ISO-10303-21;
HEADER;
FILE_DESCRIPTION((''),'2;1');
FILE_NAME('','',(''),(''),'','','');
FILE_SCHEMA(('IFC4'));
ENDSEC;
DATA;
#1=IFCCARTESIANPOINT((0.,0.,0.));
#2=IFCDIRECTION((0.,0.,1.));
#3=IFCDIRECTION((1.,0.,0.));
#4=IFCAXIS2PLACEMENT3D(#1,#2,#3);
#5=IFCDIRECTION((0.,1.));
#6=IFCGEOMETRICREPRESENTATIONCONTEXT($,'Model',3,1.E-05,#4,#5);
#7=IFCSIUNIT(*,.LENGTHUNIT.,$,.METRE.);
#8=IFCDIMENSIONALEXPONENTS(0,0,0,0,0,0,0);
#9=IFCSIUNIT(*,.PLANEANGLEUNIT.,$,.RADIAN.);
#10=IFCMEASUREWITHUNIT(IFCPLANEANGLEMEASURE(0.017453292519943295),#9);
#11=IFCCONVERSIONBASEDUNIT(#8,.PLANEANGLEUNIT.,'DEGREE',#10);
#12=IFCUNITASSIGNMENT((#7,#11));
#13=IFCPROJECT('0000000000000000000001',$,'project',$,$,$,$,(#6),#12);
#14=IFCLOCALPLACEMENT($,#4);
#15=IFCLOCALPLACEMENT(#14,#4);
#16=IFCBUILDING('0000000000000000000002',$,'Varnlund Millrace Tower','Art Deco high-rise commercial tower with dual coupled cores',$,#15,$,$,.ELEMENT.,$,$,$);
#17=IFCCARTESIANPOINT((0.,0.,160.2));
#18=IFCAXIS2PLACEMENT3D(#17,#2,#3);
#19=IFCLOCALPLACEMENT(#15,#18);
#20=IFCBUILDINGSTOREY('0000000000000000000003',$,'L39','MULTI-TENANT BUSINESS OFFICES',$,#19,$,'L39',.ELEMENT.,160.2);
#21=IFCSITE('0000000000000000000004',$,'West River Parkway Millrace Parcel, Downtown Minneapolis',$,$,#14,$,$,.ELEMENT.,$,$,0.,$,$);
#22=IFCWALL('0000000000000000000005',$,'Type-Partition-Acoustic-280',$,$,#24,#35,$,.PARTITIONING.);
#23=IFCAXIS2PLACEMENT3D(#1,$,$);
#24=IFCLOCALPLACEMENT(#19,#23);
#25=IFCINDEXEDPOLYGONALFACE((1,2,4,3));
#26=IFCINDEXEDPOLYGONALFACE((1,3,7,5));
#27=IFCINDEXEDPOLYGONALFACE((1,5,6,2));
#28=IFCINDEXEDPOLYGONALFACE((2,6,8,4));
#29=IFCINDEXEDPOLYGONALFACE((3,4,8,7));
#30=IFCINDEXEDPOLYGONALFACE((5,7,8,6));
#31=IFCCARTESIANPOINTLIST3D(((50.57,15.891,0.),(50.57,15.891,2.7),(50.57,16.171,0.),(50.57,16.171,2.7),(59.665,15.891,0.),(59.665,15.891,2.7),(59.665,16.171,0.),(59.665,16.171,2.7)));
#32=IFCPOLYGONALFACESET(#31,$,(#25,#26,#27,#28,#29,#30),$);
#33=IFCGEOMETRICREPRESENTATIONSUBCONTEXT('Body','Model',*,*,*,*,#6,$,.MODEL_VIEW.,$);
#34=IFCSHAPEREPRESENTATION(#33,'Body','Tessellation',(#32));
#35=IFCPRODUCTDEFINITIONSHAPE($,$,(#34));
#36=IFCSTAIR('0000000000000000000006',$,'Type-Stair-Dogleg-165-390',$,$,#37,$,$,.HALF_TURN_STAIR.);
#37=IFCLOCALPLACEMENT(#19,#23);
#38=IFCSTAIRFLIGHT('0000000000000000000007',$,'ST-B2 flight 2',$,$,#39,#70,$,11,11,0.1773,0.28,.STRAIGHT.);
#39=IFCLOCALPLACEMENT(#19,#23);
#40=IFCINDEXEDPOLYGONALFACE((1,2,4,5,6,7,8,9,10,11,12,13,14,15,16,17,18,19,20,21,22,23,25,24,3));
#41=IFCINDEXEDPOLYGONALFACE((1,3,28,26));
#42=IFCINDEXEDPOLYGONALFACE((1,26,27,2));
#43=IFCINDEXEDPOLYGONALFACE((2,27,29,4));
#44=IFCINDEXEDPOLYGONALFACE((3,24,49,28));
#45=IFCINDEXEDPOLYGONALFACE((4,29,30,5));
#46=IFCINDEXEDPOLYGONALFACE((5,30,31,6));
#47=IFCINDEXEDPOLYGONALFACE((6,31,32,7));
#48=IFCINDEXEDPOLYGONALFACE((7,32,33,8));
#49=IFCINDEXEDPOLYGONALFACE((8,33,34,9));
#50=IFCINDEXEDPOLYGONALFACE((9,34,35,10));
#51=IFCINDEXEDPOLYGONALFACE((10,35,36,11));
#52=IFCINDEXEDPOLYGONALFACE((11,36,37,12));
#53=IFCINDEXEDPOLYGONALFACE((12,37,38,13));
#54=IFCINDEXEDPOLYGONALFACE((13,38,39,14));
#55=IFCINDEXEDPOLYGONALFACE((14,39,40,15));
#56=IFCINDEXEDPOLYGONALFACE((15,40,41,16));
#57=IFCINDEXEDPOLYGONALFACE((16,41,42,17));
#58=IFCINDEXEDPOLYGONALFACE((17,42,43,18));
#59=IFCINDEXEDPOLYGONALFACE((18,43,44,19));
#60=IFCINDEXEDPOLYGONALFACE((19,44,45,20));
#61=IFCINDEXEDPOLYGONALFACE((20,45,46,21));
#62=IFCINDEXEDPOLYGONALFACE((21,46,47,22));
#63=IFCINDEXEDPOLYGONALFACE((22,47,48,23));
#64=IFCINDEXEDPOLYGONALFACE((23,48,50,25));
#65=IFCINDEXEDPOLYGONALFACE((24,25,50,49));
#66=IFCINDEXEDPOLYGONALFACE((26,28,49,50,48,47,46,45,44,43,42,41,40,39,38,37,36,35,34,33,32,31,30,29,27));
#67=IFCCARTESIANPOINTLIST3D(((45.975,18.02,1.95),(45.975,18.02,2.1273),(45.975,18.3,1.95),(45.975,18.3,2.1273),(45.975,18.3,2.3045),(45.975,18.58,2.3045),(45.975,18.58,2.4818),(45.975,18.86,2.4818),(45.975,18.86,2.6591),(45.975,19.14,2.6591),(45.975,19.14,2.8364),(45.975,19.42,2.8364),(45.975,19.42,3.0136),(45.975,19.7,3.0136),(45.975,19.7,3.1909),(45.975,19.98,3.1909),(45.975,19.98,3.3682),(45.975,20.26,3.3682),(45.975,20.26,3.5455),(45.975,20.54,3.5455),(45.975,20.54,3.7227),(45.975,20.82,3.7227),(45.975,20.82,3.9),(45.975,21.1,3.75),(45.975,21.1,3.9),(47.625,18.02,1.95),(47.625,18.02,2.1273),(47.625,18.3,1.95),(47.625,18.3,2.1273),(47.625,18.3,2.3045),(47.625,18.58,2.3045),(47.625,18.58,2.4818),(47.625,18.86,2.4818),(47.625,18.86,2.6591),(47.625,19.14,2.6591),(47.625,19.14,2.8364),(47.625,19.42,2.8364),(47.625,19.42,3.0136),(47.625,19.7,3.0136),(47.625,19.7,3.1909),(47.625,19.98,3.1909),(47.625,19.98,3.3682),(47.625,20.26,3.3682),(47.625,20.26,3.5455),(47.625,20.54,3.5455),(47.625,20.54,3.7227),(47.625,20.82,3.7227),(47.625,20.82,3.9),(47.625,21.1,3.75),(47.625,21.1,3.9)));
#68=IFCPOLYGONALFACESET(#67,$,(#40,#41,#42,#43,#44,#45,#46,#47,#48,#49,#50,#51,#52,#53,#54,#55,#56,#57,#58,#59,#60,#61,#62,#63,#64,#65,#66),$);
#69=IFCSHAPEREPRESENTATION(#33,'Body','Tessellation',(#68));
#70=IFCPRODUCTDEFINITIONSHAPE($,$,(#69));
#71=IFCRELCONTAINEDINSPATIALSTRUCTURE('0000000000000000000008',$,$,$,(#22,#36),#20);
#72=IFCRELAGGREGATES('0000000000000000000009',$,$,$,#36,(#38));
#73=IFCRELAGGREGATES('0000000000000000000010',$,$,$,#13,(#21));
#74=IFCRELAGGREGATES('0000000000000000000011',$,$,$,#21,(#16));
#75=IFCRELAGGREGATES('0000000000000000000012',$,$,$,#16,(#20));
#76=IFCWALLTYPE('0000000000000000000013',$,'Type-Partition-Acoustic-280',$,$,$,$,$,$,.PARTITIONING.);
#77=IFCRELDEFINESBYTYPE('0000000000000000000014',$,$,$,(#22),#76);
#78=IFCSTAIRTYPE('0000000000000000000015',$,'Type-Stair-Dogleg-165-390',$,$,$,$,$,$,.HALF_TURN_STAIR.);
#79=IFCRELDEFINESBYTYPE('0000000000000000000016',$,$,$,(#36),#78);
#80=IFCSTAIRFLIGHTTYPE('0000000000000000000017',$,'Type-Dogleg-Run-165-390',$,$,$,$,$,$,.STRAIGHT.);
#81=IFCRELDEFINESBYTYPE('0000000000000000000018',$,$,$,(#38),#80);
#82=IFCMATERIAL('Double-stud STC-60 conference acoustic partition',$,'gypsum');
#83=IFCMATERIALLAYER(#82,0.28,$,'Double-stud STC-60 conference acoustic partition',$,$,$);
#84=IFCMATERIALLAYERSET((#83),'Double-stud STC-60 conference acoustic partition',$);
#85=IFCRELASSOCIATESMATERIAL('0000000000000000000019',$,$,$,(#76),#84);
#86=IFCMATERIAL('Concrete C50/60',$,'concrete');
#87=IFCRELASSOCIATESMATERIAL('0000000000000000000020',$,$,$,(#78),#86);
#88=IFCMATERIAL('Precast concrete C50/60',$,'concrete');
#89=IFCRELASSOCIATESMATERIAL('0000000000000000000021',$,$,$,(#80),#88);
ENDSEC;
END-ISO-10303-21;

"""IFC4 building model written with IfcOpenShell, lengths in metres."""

from ifc_helpers import new_model, entity, si_unit, converted_unit, direction, frame, origin_with_axes, place, context, subcontext, project, spatial, polyline, outline, extrude, material, layer, layer_set, type_object, element, aggregate, save


model = new_model("IFC4")

# Units and contexts
model_context = context("Model", 3, precision=1e-05, world=origin_with_axes(), true_north=direction((0.0, 1.0)))
body_context = subcontext(model_context, "Body", "Model", "MODEL_VIEW")
ifc_project = project(units=[si_unit("LENGTHUNIT", "METRE"), converted_unit("PLANEANGLEUNIT", "DEGREE", entity("IfcPlaneAngleMeasure", 0.017453292519943295), si_unit("PLANEANGLEUNIT", "RADIAN"), dimensions=[0, 0, 0, 0, 0, 0, 0])], contexts=[model_context])

# Site, building, storey
site_placement = place(None, origin_with_axes())
site = spatial("IfcSite", under=ifc_project, at=site_placement, Name="West River Parkway Millrace Parcel, Downtown Minneapolis", CompositionType="ELEMENT", RefElevation=0.0)
building_placement = place(site_placement, origin_with_axes())
building = spatial("IfcBuilding", under=site, at=building_placement, Name="Varnlund Millrace Tower", Description="Art Deco high-rise commercial tower with dual coupled cores", CompositionType="ELEMENT")
storey_placement = place(building_placement, frame((0.0, 0.0, 160.2), z_axis=(0.0, 0.0, 1.0), x_axis=(1.0, 0.0, 0.0)))
storey = spatial("IfcBuildingStorey", under=building, at=storey_placement, Name="L39", Description="MULTI-TENANT BUSINESS OFFICES", LongName="L39", CompositionType="ELEMENT", Elevation=160.2)

# Shared definitions
ifc_material_1 = material(Name="Precast concrete C50/60", Category="concrete")

# Wall
ifc_material_2 = material(Name="Double-stud STC-60 conference acoustic partition", Category="gypsum")
ifc_layer_1 = layer(ifc_material_2, 0.28, Name="Double-stud STC-60 conference acoustic partition")
ifc_layer_set_1 = layer_set([ifc_layer_1], Name="Double-stud STC-60 conference acoustic partition")
wall_type_1 = type_object("IfcWallType", Name="Type-Partition-Acoustic-280", PredefinedType="PARTITIONING", material=ifc_layer_set_1)
wall_1_placement = place(storey_placement, frame((50.57, 16.031, 0.0), z_axis=(0.0, 0.0, 1.0), x_axis=(1.0, 0.0, 0.0)))
element("IfcWall", 1, at=wall_1_placement, inside=storey, type_object=wall_type_1, Name="Type-Partition-Acoustic-280", PredefinedType="PARTITIONING", context=body_context, shape_type="SweptSolid", body=[
    extrude(outline(polyline([(0.0, -0.14), (9.095, -0.14), (9.095, 0.14), (0.0, 0.14), (0.0, -0.14)])), origin_with_axes(), (0.0, 0.0, 1.0), 2.7),
])

# Stair, stair flight
ifc_material_3 = material(Name="Concrete C50/60", Category="concrete")
stair_type = type_object("IfcStairType", Name="Type-Stair-Dogleg-165-390", PredefinedType="HALF_TURN_STAIR", material=ifc_material_3)
stair_placement = place(storey_placement, origin_with_axes())
stair = element("IfcStair", 2, at=stair_placement, inside=storey, type_object=stair_type, Name="Type-Stair-Dogleg-165-390", PredefinedType="HALF_TURN_STAIR")
stair_flight_type = type_object("IfcStairFlightType", Name="Type-Dogleg-Run-165-390", PredefinedType="STRAIGHT", material=ifc_material_1)
stair_flight_placement = place(storey_placement, frame((45.975, 18.02, 1.95), z_axis=(1.0, 0.0, 0.0), x_axis=(0.0, 1.0, 0.0)))
stair_flight = element("IfcStairFlight", 3, at=stair_flight_placement, type_object=stair_flight_type, Name="ST-B2 flight 2", NumberOfRisers=11, NumberOfTreads=11, PredefinedType="STRAIGHT", RiserHeight=0.1773, TreadLength=0.28, context=body_context, shape_type="SweptSolid", body=[
    extrude(outline(polyline([(0.0, 0.0), (0.0, 0.1773), (0.28, 0.1773), (0.28, 0.3545), (0.56, 0.3545), (0.56, 0.5318), (0.84, 0.5318), (0.84, 0.7091), (1.12, 0.7091), (1.12, 0.8864), (1.4, 0.8864), (1.4, 1.0636), (1.68, 1.0636), (1.68, 1.2409), (1.96, 1.2409), (1.96, 1.4182), (2.24, 1.4182), (2.24, 1.5955), (2.52, 1.5955), (2.52, 1.7727), (2.8, 1.7727), (2.8, 1.95), (3.08, 1.95), (3.08, 1.8), (0.28, 0.0), (0.0, 0.0)])), origin_with_axes(), (0.0, 0.0, 1.0), 1.65),
])
aggregate(stair, [stair_flight])

save(model, "model.ifc")
